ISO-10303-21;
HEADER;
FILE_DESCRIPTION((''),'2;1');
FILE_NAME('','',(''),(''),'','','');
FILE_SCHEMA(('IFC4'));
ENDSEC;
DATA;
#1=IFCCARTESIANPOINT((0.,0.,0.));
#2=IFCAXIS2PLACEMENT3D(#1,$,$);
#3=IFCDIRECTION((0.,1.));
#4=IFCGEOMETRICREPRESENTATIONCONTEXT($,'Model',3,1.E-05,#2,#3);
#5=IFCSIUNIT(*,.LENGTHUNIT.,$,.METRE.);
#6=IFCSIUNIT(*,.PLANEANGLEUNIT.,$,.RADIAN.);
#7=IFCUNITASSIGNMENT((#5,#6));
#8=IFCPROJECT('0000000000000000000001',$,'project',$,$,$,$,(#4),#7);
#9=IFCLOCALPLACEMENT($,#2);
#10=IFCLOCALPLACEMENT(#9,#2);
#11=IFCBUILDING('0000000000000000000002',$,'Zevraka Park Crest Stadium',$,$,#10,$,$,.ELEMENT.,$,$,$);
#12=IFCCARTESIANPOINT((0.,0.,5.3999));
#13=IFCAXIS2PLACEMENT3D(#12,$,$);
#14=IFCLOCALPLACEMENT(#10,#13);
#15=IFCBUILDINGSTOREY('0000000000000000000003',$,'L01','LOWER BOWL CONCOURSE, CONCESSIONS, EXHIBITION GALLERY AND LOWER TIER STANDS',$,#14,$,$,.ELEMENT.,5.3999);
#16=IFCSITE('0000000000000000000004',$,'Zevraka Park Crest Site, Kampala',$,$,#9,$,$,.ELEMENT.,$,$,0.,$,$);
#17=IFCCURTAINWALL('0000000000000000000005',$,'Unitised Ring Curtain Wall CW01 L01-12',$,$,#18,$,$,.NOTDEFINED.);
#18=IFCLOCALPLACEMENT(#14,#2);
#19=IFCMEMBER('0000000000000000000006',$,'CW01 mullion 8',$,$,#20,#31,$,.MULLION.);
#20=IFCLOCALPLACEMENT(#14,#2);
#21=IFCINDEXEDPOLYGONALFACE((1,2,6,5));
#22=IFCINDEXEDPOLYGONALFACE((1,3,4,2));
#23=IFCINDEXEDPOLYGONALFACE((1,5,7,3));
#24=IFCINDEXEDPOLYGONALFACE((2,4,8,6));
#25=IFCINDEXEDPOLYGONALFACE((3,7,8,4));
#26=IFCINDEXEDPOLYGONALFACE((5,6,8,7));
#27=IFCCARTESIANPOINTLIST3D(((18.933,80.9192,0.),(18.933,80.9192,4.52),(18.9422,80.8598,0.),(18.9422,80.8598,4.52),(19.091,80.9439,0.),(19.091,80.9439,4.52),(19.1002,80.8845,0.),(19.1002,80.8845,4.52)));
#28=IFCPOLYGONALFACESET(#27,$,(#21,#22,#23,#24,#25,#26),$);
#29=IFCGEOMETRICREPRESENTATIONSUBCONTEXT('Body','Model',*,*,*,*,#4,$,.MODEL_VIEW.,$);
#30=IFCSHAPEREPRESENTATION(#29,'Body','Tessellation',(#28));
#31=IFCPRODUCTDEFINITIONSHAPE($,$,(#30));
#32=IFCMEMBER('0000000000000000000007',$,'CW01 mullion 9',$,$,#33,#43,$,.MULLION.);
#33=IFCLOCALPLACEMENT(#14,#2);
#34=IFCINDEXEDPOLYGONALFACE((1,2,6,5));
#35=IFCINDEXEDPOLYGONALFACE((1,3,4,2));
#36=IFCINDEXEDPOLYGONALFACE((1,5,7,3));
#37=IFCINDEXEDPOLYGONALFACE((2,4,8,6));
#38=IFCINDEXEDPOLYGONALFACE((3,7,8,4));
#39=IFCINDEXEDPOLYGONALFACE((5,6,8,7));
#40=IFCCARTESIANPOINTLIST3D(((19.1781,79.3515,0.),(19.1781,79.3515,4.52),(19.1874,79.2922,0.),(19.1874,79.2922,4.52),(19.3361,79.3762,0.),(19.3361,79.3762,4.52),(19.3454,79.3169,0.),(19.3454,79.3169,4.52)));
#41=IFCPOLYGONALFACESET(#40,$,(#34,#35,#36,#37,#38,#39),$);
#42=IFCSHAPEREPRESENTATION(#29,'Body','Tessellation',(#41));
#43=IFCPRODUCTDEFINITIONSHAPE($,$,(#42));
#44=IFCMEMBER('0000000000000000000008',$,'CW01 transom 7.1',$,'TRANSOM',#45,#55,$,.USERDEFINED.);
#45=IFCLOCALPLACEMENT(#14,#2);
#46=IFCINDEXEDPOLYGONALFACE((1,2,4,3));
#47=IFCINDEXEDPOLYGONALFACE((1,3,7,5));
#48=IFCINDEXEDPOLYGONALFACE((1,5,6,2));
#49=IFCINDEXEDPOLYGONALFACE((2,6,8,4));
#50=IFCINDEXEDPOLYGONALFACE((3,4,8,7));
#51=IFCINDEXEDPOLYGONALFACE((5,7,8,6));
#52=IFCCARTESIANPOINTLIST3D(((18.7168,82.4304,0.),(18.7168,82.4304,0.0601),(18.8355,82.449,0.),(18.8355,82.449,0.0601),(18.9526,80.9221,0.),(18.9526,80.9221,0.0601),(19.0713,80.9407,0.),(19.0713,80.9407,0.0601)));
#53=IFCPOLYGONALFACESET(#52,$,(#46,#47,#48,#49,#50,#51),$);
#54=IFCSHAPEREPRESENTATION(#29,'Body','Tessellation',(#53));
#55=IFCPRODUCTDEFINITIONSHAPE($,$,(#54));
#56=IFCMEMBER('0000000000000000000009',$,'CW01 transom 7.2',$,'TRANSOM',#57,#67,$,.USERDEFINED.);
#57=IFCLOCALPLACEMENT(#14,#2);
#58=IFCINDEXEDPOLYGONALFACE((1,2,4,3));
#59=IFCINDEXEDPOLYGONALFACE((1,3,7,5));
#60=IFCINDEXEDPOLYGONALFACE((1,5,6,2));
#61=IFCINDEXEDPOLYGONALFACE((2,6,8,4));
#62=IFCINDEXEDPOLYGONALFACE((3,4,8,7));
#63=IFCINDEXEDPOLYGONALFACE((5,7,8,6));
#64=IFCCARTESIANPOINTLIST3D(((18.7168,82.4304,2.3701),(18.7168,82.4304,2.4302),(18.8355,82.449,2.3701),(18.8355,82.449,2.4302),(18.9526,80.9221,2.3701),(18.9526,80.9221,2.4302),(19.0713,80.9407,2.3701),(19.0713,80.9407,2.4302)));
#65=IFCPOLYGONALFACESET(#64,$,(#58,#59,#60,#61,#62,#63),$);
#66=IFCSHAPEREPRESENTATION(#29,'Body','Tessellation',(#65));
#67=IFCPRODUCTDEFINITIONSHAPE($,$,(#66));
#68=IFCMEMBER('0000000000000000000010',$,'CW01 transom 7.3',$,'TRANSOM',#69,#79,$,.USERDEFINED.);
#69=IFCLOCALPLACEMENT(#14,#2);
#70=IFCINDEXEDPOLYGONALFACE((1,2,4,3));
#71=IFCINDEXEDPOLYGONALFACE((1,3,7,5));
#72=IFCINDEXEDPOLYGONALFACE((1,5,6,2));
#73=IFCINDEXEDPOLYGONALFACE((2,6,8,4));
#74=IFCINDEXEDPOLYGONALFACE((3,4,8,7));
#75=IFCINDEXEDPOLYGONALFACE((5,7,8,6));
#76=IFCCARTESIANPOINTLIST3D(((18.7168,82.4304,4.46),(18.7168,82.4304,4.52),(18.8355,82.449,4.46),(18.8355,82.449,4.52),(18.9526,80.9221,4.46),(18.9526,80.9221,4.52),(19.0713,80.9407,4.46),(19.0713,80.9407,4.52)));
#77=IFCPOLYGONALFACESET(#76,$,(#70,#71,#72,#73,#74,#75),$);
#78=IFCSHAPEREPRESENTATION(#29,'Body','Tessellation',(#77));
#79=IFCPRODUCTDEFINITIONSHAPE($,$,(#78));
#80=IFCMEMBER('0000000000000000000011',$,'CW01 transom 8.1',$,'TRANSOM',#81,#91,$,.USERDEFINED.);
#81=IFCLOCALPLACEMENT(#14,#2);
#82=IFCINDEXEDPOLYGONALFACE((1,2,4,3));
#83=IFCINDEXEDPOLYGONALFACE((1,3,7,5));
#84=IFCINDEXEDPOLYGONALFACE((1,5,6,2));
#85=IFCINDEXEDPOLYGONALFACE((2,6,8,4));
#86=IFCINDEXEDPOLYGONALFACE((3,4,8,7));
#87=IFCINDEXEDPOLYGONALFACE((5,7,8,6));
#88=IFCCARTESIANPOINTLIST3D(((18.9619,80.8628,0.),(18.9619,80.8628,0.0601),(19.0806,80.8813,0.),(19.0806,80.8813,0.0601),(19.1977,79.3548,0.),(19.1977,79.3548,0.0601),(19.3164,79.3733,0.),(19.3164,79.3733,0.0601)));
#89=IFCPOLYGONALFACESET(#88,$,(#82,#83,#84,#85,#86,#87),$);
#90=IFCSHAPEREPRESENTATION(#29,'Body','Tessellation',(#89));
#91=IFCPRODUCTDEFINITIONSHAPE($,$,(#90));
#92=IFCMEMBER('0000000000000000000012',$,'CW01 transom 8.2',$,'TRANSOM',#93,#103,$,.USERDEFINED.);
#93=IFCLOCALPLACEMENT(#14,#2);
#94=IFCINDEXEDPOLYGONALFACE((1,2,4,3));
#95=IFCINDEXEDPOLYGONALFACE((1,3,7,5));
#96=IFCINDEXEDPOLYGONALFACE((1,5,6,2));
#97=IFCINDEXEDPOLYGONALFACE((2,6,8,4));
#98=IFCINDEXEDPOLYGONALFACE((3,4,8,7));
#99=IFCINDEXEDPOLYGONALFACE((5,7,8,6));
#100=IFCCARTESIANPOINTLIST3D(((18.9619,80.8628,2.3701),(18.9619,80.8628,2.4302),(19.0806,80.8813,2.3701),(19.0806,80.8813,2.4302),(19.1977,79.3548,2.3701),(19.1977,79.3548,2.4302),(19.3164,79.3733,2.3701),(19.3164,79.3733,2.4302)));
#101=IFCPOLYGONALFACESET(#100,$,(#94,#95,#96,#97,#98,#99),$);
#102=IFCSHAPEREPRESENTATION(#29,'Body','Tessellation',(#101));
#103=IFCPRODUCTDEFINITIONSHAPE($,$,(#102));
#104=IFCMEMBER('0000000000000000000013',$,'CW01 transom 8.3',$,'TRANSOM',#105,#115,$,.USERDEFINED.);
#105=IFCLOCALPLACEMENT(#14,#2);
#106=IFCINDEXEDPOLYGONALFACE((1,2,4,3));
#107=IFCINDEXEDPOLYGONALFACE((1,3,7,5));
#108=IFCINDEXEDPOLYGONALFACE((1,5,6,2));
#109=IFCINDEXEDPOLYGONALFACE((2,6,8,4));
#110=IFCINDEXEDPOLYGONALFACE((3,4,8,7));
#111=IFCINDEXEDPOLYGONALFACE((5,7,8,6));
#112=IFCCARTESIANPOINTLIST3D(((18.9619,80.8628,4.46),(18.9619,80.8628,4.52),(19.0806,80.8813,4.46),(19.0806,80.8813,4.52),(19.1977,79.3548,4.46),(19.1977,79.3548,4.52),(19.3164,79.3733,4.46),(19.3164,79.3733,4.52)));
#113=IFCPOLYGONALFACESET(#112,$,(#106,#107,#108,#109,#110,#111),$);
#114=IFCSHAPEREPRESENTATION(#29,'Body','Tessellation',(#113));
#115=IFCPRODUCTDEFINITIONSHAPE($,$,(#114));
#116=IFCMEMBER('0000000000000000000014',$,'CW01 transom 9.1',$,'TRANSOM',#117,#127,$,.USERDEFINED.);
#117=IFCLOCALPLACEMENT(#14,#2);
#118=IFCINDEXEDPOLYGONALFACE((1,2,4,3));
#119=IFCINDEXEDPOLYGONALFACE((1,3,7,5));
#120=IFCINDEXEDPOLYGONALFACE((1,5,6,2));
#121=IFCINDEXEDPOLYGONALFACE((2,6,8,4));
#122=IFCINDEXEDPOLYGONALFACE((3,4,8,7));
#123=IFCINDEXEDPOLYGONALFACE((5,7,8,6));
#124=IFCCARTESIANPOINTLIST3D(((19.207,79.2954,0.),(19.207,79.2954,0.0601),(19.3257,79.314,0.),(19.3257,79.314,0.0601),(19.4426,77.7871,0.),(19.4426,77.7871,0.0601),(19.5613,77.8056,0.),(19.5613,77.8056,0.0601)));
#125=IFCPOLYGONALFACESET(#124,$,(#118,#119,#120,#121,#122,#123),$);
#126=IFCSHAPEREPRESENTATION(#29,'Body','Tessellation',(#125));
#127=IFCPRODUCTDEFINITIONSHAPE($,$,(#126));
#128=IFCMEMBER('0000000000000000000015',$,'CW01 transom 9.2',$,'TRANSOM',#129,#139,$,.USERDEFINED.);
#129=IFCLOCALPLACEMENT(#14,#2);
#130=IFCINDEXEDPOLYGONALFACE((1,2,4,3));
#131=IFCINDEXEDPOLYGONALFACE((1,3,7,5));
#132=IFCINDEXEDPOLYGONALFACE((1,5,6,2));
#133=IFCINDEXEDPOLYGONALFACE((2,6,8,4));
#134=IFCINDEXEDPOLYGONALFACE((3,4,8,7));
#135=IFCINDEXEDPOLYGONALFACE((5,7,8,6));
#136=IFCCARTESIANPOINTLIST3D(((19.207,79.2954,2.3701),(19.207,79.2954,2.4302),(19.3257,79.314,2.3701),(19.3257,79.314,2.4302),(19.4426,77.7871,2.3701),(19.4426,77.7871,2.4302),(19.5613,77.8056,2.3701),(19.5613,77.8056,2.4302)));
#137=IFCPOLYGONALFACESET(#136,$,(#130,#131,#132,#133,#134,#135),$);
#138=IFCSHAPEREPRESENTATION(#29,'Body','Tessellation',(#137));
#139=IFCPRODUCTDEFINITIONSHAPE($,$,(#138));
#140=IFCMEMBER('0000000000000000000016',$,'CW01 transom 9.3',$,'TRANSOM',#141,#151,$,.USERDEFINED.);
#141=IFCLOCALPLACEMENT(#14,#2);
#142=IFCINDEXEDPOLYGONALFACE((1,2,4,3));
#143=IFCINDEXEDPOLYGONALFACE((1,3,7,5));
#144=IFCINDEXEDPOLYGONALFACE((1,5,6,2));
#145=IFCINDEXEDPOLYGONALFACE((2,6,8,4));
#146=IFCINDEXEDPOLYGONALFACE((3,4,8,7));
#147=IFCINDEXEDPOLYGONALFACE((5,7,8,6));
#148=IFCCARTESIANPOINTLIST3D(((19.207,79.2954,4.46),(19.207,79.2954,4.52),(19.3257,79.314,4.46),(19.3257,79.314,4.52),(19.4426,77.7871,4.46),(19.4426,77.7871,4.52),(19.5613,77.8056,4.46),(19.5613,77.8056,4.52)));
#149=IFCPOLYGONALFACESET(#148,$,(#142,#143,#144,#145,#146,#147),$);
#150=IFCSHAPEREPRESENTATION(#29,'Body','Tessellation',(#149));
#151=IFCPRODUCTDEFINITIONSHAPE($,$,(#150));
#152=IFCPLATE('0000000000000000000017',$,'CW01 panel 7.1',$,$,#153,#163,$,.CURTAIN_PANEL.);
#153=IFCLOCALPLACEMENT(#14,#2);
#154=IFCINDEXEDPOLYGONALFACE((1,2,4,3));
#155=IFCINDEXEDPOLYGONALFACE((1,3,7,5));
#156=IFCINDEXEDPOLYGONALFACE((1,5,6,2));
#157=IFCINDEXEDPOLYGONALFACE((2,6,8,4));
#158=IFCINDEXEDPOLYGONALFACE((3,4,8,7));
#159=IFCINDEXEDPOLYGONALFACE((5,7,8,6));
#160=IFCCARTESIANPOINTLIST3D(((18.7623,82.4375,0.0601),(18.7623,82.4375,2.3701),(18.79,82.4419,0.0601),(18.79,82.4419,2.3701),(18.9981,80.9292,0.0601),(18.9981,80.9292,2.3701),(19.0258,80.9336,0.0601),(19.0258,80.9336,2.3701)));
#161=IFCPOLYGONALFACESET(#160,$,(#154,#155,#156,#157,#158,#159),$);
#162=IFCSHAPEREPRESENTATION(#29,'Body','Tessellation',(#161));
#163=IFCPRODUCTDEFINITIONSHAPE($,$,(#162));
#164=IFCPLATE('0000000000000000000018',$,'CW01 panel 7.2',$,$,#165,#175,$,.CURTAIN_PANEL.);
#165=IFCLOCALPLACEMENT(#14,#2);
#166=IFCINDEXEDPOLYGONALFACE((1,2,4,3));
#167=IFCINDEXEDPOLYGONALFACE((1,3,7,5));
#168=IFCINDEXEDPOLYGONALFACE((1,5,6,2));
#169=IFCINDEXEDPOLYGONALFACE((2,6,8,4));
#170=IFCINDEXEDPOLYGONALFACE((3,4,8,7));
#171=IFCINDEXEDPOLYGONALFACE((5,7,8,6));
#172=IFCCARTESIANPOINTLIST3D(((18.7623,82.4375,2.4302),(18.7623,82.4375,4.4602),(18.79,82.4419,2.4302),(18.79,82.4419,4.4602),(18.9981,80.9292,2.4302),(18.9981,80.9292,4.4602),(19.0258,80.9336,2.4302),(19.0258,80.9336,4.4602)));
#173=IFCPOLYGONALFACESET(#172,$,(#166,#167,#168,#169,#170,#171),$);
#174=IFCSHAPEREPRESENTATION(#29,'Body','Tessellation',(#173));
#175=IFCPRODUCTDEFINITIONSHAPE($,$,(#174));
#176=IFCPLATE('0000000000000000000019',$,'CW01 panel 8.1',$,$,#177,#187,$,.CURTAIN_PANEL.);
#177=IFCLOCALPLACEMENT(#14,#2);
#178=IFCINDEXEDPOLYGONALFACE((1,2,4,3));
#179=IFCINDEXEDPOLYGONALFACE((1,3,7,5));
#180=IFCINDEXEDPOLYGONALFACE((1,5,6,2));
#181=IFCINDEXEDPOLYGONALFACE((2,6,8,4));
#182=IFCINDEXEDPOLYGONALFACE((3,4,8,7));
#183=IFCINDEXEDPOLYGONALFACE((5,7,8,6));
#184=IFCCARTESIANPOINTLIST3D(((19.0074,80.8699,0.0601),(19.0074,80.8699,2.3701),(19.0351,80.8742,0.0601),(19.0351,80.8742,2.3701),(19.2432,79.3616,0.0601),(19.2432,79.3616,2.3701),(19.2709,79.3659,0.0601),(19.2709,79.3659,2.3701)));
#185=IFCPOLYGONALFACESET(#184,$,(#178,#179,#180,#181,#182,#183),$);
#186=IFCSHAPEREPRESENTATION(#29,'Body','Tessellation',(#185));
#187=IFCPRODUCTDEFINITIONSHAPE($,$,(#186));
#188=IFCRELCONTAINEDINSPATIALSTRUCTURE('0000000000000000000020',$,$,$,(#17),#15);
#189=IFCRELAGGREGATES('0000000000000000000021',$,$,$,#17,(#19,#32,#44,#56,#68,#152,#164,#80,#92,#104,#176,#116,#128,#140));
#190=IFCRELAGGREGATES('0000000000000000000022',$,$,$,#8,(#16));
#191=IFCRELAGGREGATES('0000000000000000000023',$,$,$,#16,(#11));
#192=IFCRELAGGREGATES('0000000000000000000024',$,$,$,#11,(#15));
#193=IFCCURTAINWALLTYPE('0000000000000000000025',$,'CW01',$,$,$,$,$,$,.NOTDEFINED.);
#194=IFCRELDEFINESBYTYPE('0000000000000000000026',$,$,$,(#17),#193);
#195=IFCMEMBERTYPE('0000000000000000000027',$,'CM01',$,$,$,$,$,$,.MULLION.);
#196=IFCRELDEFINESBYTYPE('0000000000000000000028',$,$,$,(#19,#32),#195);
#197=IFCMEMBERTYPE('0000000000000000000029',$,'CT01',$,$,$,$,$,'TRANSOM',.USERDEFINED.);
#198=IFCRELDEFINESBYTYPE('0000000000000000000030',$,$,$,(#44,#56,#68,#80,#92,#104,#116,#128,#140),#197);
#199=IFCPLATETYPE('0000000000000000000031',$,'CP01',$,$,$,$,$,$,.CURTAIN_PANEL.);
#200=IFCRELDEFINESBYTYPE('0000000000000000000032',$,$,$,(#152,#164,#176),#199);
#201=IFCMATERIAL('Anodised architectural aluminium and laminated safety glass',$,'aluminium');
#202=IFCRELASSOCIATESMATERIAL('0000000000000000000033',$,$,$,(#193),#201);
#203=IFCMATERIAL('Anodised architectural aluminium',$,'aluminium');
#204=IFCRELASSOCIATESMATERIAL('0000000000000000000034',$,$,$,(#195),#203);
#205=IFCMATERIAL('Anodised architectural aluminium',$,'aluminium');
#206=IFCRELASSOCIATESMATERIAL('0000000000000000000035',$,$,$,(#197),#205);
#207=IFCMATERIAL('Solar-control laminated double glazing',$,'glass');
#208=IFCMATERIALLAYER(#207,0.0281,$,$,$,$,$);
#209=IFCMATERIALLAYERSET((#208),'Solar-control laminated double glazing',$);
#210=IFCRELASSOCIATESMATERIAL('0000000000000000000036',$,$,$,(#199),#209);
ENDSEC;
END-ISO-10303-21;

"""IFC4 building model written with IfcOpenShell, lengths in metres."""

from ifc_helpers import new_model, si_unit, direction, frame, origin, origin_2d, place, context, subcontext, project, spatial, rectangle, extrude, material, layer, layer_set, material_profile, profile_set, type_object, element, aggregate, save


model = new_model("IFC4")

# Units and contexts
model_context = context("Model", 3, precision=1e-05, world=origin(), true_north=direction((0.0, 1.0)))
body_context = subcontext(model_context, "Body", "Model", "MODEL_VIEW")
ifc_project = project(units=[si_unit("LENGTHUNIT", "METRE"), si_unit("PLANEANGLEUNIT", "RADIAN")], contexts=[model_context])

# Site, building, storey
site_placement = place(None, origin())
site = spatial("IfcSite", under=ifc_project, at=site_placement, Name="Zevraka Park Crest Site, Kampala", CompositionType="ELEMENT", RefElevation=0.0)
building_placement = place(site_placement, origin())
building = spatial("IfcBuilding", under=site, at=building_placement, Name="Zevraka Park Crest Stadium", CompositionType="ELEMENT")
storey_placement = place(building_placement, frame((0.0, 0.0, 5.3999)))
storey = spatial("IfcBuildingStorey", under=building, at=storey_placement, Name="L01", Description="LOWER BOWL CONCOURSE, CONCESSIONS, EXHIBITION GALLERY AND LOWER TIER STANDS", CompositionType="ELEMENT", Elevation=5.3999)

# Curtain wall, members, plates
ifc_material_1 = material(Name="Anodised architectural aluminium and laminated safety glass", Category="aluminium")
curtain_wall_type = type_object("IfcCurtainWallType", Name="CW01", PredefinedType="NOTDEFINED", material=ifc_material_1)
curtain_wall_placement = place(storey_placement, origin())
curtain_wall = element("IfcCurtainWall", 1, at=curtain_wall_placement, inside=storey, type_object=curtain_wall_type, Name="Unitised Ring Curtain Wall CW01 L01-12", PredefinedType="NOTDEFINED")
ifc_material_2 = material(Name="Anodised architectural aluminium", Category="aluminium")
ifc_material_profile_1 = material_profile(ifc_material_2, rectangle(XDim=0.1599, YDim=0.0601, at=origin_2d()), Name="ALU MULLION 160x60")
ifc_profile_set_1 = profile_set([ifc_material_profile_1], Name="Anodised architectural aluminium")
member_type_1 = type_object("IfcMemberType", Name="CM01", PredefinedType="MULLION", material=ifc_profile_set_1)
member_1_placement = place(storey_placement, frame((19.0166, 80.9019, 0.0), z_axis=(0.0, 0.0, 1.0), x_axis=(0.987997, 0.154476, 0.0)))
member_1 = element("IfcMember", 2, at=member_1_placement, type_object=member_type_1, Name="CW01 mullion 8", PredefinedType="MULLION", context=body_context, shape_type="SweptSolid", body=[
    extrude(rectangle(XDim=0.1599, YDim=0.0601, at=origin_2d()), origin(), (0.0, 0.0, 1.0), 4.52),
])
member_2_placement = place(storey_placement, frame((19.2617, 79.3342, 0.0), z_axis=(0.0, 0.0, 1.0), x_axis=(0.987997, 0.154476, 0.0)))
member_2 = element("IfcMember", 3, at=member_2_placement, type_object=member_type_1, Name="CW01 mullion 9", PredefinedType="MULLION", context=body_context, shape_type="SweptSolid", body=[
    extrude(rectangle(XDim=0.1599, YDim=0.0601, at=origin_2d()), origin(), (0.0, 0.0, 1.0), 4.52),
])
ifc_material_3 = material(Name="Anodised architectural aluminium", Category="aluminium")
ifc_material_profile_2 = material_profile(ifc_material_3, rectangle(XDim=0.1201, YDim=0.0601, at=origin_2d()), Name="ALU TRANSOM 120x60")
ifc_profile_set_2 = profile_set([ifc_material_profile_2], Name="Anodised architectural aluminium")
member_type_2 = type_object("IfcMemberType", Name="CT01", ElementType="TRANSOM", PredefinedType="USERDEFINED", material=ifc_profile_set_2)
member_3_placement = place(storey_placement, frame((18.7761, 82.4397, 0.03), z_axis=(0.154484, -0.987995, 0.0), x_axis=(0.987995, 0.154484, 0.0)))
member_3 = element("IfcMember", 4, at=member_3_placement, type_object=member_type_2, Name="CW01 transom 7.1", ObjectType="TRANSOM", PredefinedType="USERDEFINED", context=body_context, shape_type="SweptSolid", body=[
    extrude(rectangle(XDim=0.1201, YDim=0.0601, at=origin_2d()), origin(), (0.0, 0.0, 1.0), 1.5266),
])
member_4_placement = place(storey_placement, frame((18.7761, 82.4397, 2.4001), z_axis=(0.154484, -0.987995, 0.0), x_axis=(0.987995, 0.154484, 0.0)))
member_4 = element("IfcMember", 5, at=member_4_placement, type_object=member_type_2, Name="CW01 transom 7.2", ObjectType="TRANSOM", PredefinedType="USERDEFINED", context=body_context, shape_type="SweptSolid", body=[
    extrude(rectangle(XDim=0.1201, YDim=0.0601, at=origin_2d()), origin(), (0.0, 0.0, 1.0), 1.5266),
])
member_5_placement = place(storey_placement, frame((18.7761, 82.4397, 4.49), z_axis=(0.154484, -0.987995, 0.0), x_axis=(0.987995, 0.154484, 0.0)))
member_5 = element("IfcMember", 6, at=member_5_placement, type_object=member_type_2, Name="CW01 transom 7.3", ObjectType="TRANSOM", PredefinedType="USERDEFINED", context=body_context, shape_type="SweptSolid", body=[
    extrude(rectangle(XDim=0.1201, YDim=0.0601, at=origin_2d()), origin(), (0.0, 0.0, 1.0), 1.5266),
])
member_6_placement = place(storey_placement, frame((19.0212, 80.8721, 0.03), z_axis=(0.154509, -0.987991, 0.0), x_axis=(0.987991, 0.154509, 0.0)))
member_6 = element("IfcMember", 7, at=member_6_placement, type_object=member_type_2, Name="CW01 transom 8.1", ObjectType="TRANSOM", PredefinedType="USERDEFINED", context=body_context, shape_type="SweptSolid", body=[
    extrude(rectangle(XDim=0.1201, YDim=0.0601, at=origin_2d()), origin(), (0.0, 0.0, 1.0), 1.5264),
])
member_7_placement = place(storey_placement, frame((19.0212, 80.8721, 2.4001), z_axis=(0.154509, -0.987991, 0.0), x_axis=(0.987991, 0.154509, 0.0)))
member_7 = element("IfcMember", 8, at=member_7_placement, type_object=member_type_2, Name="CW01 transom 8.2", ObjectType="TRANSOM", PredefinedType="USERDEFINED", context=body_context, shape_type="SweptSolid", body=[
    extrude(rectangle(XDim=0.1201, YDim=0.0601, at=origin_2d()), origin(), (0.0, 0.0, 1.0), 1.5264),
])
member_8_placement = place(storey_placement, frame((19.0212, 80.8721, 4.49), z_axis=(0.154509, -0.987991, 0.0), x_axis=(0.987991, 0.154509, 0.0)))
member_8 = element("IfcMember", 9, at=member_8_placement, type_object=member_type_2, Name="CW01 transom 8.3", ObjectType="TRANSOM", PredefinedType="USERDEFINED", context=body_context, shape_type="SweptSolid", body=[
    extrude(rectangle(XDim=0.1201, YDim=0.0601, at=origin_2d()), origin(), (0.0, 0.0, 1.0), 1.5264),
])
member_9_placement = place(storey_placement, frame((19.2664, 79.3047, 0.03), z_axis=(0.154328, -0.98802, 0.0), x_axis=(0.98802, 0.154328, 0.0)))
member_9 = element("IfcMember", 10, at=member_9_placement, type_object=member_type_2, Name="CW01 transom 9.1", ObjectType="TRANSOM", PredefinedType="USERDEFINED", context=body_context, shape_type="SweptSolid", body=[
    extrude(rectangle(XDim=0.1201, YDim=0.0601, at=origin_2d()), origin(), (0.0, 0.0, 1.0), 1.5266),
])
member_10_placement = place(storey_placement, frame((19.2664, 79.3047, 2.4001), z_axis=(0.154328, -0.98802, 0.0), x_axis=(0.98802, 0.154328, 0.0)))
member_10 = element("IfcMember", 11, at=member_10_placement, type_object=member_type_2, Name="CW01 transom 9.2", ObjectType="TRANSOM", PredefinedType="USERDEFINED", context=body_context, shape_type="SweptSolid", body=[
    extrude(rectangle(XDim=0.1201, YDim=0.0601, at=origin_2d()), origin(), (0.0, 0.0, 1.0), 1.5266),
])
member_11_placement = place(storey_placement, frame((19.2664, 79.3047, 4.49), z_axis=(0.154328, -0.98802, 0.0), x_axis=(0.98802, 0.154328, 0.0)))
member_11 = element("IfcMember", 12, at=member_11_placement, type_object=member_type_2, Name="CW01 transom 9.3", ObjectType="TRANSOM", PredefinedType="USERDEFINED", context=body_context, shape_type="SweptSolid", body=[
    extrude(rectangle(XDim=0.1201, YDim=0.0601, at=origin_2d()), origin(), (0.0, 0.0, 1.0), 1.5266),
])
ifc_material_4 = material(Name="Solar-control laminated double glazing", Category="glass")
ifc_layer_1 = layer(ifc_material_4, 0.0281)
ifc_layer_set_1 = layer_set([ifc_layer_1], Name="Solar-control laminated double glazing")
plate_type = type_object("IfcPlateType", Name="CP01", PredefinedType="CURTAIN_PANEL", material=ifc_layer_set_1)
plate_1_placement = place(storey_placement, frame((18.894, 81.6855, 0.0601), z_axis=(0.0, 0.0, 1.0), x_axis=(0.154476, -0.987997, 0.0)))
plate_1 = element("IfcPlate", 13, at=plate_1_placement, type_object=plate_type, Name="CW01 panel 7.1", PredefinedType="CURTAIN_PANEL", context=body_context, shape_type="SweptSolid", body=[
    extrude(rectangle(XDim=1.5266, YDim=0.0281, at=origin_2d()), origin(), (0.0, 0.0, 1.0), 2.3101),
])
plate_2_placement = place(storey_placement, frame((18.894, 81.6855, 2.4302), z_axis=(0.0, 0.0, 1.0), x_axis=(0.154476, -0.987997, 0.0)))
plate_2 = element("IfcPlate", 14, at=plate_2_placement, type_object=plate_type, Name="CW01 panel 7.2", PredefinedType="CURTAIN_PANEL", context=body_context, shape_type="SweptSolid", body=[
    extrude(rectangle(XDim=1.5266, YDim=0.0281, at=origin_2d()), origin(), (0.0, 0.0, 1.0), 2.03),
])
plate_3_placement = place(storey_placement, frame((19.1392, 80.1179, 0.0601), z_axis=(0.0, 0.0, 1.0), x_axis=(0.154476, -0.987997, 0.0)))
plate_3 = element("IfcPlate", 15, at=plate_3_placement, type_object=plate_type, Name="CW01 panel 8.1", PredefinedType="CURTAIN_PANEL", context=body_context, shape_type="SweptSolid", body=[
    extrude(rectangle(XDim=1.5266, YDim=0.0281, at=origin_2d()), origin(), (0.0, 0.0, 1.0), 2.3101),
])
aggregate(curtain_wall, [member_1, member_2, member_3, member_4, member_5, plate_1, plate_2, member_6, member_7, member_8, plate_3, member_9, member_10, member_11])

save(model, "model.ifc")
